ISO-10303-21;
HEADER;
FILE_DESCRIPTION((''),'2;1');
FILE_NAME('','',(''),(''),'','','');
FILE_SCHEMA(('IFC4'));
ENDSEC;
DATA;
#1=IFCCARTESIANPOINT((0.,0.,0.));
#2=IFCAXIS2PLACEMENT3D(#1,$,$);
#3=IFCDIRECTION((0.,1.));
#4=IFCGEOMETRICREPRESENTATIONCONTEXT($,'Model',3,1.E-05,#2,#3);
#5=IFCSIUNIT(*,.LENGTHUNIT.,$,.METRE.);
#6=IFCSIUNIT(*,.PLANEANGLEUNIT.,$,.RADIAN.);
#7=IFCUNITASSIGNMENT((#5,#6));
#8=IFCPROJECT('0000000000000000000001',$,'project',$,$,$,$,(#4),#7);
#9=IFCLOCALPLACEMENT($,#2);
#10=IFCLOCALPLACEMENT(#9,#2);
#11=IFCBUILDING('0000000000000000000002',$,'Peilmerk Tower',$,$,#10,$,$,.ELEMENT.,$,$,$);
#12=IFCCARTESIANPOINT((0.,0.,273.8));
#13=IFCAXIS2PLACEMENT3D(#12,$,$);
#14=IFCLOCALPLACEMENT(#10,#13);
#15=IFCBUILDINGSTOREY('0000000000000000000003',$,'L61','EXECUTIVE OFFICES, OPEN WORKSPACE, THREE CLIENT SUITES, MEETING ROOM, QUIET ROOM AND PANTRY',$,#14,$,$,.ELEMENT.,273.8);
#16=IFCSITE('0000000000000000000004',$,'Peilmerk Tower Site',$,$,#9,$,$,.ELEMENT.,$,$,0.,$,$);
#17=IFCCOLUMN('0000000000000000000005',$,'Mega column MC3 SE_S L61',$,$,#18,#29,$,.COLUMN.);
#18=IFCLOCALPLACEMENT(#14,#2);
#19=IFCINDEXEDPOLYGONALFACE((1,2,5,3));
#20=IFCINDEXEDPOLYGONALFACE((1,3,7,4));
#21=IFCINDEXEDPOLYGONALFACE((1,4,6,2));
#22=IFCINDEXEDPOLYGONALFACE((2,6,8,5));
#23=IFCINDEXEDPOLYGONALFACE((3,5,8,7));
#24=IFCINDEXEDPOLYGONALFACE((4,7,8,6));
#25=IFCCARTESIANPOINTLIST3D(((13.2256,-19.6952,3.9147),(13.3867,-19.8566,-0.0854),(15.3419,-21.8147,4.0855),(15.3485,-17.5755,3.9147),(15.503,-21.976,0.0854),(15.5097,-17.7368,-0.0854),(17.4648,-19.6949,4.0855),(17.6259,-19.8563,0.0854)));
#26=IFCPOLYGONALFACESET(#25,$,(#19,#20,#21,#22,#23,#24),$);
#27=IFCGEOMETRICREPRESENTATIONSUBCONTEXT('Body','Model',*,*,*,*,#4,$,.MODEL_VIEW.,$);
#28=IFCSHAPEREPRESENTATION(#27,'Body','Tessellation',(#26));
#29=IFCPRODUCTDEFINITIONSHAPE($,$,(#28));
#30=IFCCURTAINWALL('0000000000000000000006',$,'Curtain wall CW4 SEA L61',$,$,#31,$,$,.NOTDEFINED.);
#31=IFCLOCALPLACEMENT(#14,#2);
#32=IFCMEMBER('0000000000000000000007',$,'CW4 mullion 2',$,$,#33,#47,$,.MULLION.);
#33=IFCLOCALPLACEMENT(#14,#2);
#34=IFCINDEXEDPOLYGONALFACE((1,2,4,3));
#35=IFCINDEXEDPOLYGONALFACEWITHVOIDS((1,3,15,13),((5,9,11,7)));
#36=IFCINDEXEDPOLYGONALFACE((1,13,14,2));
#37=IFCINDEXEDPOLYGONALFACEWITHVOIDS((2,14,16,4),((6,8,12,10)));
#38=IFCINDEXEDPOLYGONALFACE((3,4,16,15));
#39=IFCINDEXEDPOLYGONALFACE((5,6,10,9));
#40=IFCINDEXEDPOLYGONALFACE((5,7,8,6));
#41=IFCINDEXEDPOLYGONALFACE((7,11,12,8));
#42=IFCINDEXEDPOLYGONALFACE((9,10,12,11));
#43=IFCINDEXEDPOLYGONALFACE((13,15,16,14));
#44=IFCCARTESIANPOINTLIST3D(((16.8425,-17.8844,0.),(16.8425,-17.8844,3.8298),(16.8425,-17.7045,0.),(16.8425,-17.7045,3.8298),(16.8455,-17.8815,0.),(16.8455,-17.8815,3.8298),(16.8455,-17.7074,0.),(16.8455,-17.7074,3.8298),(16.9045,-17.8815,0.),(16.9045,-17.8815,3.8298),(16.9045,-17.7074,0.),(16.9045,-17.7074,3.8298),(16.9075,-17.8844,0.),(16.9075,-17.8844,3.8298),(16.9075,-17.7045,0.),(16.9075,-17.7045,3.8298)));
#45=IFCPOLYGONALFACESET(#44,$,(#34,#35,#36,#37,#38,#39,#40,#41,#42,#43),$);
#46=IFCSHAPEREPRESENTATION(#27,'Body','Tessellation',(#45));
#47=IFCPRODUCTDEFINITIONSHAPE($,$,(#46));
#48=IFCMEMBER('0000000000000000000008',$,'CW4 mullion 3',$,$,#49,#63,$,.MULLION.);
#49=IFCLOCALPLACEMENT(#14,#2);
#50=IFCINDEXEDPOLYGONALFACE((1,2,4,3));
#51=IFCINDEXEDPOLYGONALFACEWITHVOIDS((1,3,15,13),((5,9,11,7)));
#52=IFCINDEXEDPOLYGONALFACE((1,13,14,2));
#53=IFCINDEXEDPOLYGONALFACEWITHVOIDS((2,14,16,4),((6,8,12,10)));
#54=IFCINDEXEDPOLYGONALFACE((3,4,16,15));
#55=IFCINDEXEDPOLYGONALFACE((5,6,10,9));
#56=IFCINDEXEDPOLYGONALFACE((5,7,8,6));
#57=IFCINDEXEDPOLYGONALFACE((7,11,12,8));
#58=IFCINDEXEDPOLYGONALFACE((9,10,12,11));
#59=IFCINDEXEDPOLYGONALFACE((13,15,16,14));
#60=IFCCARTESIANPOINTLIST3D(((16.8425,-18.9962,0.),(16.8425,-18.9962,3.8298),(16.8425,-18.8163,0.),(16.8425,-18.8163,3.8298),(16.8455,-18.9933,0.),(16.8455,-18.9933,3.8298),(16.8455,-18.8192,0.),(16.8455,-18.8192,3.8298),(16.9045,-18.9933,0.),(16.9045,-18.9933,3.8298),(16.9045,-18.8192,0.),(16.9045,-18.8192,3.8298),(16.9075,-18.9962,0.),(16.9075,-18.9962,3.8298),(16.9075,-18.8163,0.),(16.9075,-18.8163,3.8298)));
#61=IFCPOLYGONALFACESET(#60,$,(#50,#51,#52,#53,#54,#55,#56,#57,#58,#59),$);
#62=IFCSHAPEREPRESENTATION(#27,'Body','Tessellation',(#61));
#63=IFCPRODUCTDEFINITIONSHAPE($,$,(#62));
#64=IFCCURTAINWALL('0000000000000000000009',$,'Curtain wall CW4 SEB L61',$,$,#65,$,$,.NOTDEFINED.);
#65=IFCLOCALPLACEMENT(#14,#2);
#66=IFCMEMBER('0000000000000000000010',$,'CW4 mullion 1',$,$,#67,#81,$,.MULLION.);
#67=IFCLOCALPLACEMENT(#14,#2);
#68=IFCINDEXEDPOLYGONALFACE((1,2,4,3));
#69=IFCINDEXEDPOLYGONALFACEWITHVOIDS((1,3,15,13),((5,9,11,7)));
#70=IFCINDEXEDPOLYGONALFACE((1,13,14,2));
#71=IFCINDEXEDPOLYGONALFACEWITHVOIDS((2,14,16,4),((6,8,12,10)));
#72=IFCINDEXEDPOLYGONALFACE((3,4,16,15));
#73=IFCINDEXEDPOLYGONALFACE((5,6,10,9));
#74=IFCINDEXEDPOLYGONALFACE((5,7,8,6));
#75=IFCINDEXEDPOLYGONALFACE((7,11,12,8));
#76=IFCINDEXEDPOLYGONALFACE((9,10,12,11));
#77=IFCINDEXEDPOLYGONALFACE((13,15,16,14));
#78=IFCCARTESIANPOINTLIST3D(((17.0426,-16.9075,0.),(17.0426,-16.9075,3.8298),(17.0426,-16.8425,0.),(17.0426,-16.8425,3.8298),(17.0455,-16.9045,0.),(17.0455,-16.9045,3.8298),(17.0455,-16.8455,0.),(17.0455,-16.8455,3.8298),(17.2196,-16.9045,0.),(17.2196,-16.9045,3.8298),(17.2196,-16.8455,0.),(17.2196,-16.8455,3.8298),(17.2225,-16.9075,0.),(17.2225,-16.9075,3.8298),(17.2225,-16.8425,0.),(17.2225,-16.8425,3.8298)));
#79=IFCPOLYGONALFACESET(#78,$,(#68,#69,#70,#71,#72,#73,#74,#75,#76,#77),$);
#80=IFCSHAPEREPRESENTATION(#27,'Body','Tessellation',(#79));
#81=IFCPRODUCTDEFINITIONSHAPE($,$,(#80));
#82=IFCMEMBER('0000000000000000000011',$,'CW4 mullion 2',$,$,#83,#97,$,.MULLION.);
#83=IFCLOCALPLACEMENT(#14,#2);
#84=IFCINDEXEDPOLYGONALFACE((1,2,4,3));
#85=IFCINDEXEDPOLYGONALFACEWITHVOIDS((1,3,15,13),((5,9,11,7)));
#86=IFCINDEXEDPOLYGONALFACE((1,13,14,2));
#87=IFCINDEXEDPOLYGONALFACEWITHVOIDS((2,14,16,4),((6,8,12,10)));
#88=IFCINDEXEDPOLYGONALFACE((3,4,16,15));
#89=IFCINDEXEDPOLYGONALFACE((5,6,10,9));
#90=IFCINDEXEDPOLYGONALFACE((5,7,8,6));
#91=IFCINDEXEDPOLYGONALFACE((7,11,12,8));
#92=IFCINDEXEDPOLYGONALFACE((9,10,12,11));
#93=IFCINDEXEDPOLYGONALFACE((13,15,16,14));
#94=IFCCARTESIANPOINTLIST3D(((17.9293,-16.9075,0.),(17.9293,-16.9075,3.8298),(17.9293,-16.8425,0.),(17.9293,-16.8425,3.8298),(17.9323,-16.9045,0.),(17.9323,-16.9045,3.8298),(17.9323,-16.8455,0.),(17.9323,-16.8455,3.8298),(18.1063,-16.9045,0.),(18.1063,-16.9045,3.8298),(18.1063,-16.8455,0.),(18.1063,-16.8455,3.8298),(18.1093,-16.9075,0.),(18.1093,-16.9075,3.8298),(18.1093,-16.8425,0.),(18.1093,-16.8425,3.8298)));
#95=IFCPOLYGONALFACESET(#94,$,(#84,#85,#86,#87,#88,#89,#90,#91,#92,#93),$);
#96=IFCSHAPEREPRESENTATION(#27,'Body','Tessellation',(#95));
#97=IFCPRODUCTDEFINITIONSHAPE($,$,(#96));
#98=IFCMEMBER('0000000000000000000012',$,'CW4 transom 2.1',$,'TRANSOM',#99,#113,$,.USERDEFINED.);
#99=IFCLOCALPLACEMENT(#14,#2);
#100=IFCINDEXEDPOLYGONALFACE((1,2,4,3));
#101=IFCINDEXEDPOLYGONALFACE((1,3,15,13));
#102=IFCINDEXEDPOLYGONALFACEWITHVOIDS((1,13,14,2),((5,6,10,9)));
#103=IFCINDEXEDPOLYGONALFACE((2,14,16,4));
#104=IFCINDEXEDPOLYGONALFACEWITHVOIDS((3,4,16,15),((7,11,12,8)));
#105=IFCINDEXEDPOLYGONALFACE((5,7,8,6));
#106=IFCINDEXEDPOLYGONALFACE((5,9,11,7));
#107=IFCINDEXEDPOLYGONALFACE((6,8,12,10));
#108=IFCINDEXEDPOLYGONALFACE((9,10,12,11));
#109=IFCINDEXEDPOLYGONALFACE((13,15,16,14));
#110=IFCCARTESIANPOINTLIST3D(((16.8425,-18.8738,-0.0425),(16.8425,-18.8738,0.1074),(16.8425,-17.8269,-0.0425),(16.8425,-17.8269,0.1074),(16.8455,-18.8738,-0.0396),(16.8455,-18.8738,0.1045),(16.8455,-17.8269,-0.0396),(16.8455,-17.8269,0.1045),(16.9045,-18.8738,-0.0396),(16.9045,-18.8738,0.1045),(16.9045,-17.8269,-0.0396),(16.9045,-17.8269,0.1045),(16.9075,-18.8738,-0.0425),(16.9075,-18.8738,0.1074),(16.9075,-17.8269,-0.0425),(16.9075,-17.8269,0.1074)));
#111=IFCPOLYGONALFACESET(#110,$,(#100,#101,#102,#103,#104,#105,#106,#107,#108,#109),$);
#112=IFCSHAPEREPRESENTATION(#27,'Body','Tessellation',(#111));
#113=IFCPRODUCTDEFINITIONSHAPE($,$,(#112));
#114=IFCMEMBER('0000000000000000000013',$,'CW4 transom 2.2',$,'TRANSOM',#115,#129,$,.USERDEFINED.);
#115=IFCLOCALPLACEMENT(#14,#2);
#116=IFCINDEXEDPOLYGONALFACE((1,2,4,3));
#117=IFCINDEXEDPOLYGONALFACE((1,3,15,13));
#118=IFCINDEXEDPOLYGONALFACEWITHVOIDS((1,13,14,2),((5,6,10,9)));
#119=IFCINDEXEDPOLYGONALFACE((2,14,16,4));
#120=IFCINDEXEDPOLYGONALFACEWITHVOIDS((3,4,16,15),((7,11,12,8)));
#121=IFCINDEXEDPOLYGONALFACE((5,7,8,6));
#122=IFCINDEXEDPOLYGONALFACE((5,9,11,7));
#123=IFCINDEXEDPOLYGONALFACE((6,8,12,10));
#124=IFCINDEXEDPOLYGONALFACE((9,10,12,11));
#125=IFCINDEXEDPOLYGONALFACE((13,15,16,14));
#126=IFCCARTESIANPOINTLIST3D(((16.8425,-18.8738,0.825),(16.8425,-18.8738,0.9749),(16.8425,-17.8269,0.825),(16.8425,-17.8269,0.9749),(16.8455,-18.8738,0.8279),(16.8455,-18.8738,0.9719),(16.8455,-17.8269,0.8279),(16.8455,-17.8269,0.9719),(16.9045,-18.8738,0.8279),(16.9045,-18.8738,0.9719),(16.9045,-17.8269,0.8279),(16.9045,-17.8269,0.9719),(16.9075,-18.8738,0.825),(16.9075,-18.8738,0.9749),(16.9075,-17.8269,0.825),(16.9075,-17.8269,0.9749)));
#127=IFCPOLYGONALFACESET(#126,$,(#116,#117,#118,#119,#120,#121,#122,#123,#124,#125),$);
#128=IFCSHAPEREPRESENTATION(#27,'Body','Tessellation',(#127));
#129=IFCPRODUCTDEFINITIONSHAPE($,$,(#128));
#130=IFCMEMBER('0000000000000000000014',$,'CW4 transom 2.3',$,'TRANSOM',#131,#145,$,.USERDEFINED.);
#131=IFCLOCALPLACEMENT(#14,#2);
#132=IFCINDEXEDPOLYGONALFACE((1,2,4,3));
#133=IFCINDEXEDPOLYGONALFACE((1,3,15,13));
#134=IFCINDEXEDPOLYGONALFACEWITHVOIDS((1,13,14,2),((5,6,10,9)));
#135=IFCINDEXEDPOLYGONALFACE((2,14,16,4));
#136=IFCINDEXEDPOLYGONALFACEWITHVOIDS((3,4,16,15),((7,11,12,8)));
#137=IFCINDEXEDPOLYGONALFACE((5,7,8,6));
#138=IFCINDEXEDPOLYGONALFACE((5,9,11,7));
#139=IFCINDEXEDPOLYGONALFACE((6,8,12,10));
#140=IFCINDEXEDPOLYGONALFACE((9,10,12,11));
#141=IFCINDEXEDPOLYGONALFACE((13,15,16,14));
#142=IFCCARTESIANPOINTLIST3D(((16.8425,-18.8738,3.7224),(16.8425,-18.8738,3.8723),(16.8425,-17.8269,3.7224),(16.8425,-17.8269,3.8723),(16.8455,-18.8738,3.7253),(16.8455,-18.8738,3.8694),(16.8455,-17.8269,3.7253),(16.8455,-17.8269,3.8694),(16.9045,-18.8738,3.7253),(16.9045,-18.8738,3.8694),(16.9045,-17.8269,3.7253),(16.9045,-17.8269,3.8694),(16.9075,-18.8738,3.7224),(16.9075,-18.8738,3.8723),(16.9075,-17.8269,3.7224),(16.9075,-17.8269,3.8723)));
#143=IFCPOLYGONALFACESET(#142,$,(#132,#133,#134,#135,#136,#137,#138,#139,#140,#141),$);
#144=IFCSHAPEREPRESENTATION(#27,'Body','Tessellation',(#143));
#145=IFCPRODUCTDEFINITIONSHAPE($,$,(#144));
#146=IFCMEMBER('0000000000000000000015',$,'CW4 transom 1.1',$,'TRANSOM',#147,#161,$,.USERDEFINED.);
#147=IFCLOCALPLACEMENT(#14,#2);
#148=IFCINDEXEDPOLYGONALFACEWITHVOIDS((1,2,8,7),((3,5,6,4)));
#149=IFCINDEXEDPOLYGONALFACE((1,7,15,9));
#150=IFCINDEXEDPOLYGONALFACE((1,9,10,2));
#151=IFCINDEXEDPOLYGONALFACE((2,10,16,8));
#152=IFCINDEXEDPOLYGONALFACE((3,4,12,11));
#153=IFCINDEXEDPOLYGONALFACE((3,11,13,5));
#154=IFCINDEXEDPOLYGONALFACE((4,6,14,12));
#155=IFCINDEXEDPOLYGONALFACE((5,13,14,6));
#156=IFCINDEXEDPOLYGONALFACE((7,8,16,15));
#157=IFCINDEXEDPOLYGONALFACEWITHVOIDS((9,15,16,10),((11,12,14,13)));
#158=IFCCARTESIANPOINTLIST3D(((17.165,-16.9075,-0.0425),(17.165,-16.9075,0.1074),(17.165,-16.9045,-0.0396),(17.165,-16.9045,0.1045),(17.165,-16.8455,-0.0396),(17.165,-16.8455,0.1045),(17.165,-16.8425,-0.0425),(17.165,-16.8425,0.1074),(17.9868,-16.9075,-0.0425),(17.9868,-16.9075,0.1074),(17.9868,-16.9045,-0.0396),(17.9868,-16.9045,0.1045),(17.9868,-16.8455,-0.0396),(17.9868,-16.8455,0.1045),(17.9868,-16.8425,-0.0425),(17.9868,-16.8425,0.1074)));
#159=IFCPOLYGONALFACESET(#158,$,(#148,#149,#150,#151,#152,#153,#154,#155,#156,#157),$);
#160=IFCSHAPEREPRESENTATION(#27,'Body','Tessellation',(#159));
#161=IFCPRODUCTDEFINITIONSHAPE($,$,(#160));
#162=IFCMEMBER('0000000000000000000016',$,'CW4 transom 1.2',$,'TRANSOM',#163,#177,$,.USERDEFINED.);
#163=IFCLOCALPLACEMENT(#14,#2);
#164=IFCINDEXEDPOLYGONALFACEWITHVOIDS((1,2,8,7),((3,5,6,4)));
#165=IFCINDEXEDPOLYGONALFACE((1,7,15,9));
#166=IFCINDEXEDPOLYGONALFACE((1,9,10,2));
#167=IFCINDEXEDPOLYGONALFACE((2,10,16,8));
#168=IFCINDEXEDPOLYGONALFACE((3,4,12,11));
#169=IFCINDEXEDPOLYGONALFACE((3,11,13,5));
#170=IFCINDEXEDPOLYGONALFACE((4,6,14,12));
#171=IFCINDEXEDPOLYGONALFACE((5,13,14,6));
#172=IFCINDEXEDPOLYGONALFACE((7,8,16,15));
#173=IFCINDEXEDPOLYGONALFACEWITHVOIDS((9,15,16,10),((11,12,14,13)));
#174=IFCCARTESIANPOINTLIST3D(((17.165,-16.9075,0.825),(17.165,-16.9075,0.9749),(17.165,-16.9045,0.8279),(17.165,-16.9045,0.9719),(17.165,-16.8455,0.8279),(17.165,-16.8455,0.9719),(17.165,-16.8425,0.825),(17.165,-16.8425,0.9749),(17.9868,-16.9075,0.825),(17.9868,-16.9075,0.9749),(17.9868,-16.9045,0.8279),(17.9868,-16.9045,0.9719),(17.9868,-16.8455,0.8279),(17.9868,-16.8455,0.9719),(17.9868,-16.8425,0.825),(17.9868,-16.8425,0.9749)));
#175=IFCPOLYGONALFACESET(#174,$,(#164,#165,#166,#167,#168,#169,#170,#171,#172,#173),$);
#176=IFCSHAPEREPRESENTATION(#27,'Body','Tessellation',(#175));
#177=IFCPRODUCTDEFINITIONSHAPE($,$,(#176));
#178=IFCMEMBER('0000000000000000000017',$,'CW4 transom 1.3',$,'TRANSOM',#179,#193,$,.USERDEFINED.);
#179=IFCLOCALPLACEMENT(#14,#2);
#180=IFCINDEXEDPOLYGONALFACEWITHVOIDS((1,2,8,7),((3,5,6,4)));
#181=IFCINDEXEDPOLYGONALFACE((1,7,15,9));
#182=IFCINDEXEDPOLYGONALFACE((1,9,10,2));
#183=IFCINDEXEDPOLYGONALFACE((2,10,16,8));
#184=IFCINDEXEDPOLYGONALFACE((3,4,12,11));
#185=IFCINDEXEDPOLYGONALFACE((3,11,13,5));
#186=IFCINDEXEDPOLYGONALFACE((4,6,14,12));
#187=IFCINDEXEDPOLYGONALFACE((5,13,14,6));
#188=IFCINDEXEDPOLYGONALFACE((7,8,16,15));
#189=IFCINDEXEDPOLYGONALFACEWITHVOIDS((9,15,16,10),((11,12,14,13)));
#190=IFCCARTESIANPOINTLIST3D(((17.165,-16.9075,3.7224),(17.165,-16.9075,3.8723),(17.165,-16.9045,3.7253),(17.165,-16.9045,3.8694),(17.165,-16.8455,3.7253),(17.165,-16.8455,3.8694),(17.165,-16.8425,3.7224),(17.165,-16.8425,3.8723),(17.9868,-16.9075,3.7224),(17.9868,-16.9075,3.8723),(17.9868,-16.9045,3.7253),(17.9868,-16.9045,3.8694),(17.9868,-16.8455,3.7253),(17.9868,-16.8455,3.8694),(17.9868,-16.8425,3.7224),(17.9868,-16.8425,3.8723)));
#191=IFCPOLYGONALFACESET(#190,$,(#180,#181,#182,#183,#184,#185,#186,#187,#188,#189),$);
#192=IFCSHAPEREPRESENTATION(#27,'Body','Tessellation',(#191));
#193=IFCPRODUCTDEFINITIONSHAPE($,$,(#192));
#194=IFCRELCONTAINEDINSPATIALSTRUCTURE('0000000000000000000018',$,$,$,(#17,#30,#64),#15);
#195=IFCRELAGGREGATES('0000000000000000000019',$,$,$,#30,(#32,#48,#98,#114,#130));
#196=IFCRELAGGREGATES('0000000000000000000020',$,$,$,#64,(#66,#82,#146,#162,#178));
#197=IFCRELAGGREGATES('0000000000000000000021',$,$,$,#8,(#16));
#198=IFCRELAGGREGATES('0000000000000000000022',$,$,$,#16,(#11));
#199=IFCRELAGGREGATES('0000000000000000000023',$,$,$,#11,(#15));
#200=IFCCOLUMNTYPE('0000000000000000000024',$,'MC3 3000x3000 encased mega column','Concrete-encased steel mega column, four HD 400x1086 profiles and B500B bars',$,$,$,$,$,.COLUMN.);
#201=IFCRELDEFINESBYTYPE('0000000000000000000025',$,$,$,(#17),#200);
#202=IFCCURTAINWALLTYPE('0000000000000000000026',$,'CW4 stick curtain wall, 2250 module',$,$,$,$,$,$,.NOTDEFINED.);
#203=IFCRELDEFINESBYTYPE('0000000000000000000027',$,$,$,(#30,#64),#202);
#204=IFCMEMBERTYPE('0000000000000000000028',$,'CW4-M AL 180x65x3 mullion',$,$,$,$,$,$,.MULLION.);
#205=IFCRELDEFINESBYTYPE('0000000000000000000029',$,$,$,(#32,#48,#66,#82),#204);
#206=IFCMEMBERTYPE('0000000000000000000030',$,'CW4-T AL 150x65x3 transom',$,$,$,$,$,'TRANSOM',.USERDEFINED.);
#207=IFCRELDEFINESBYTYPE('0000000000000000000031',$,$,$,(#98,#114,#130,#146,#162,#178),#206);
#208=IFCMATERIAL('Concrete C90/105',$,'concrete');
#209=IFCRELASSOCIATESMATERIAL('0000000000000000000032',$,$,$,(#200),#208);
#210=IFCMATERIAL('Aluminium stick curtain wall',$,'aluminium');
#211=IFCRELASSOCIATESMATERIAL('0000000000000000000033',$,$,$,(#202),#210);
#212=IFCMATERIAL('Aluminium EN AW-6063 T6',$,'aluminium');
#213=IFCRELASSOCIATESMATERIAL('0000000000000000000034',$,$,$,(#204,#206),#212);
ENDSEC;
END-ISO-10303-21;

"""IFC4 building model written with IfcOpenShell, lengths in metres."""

from ifc_helpers import new_model, si_unit, direction, frame, origin, origin_2d, place, context, subcontext, project, spatial, rectangle, hollow_rectangle, extrude, material, material_profile, profile_set, type_object, element, aggregate, save


model = new_model("IFC4")

# Units and contexts
model_context = context("Model", 3, precision=1e-05, world=origin(), true_north=direction((0.0, 1.0)))
body_context = subcontext(model_context, "Body", "Model", "MODEL_VIEW")
ifc_project = project(units=[si_unit("LENGTHUNIT", "METRE"), si_unit("PLANEANGLEUNIT", "RADIAN")], contexts=[model_context])

# Site, building, storey
site_placement = place(None, origin())
site = spatial("IfcSite", under=ifc_project, at=site_placement, Name="Peilmerk Tower Site", CompositionType="ELEMENT", RefElevation=0.0)
building_placement = place(site_placement, origin())
building = spatial("IfcBuilding", under=site, at=building_placement, Name="Peilmerk Tower", CompositionType="ELEMENT")
storey_placement = place(building_placement, frame((0.0, 0.0, 273.8)))
storey = spatial("IfcBuildingStorey", under=building, at=storey_placement, Name="L61", Description="EXECUTIVE OFFICES, OPEN WORKSPACE, THREE CLIENT SUITES, MEETING ROOM, QUIET ROOM AND PANTRY", CompositionType="ELEMENT", Elevation=273.8)

# Column
ifc_material_1 = material(Name="Concrete C90/105", Category="concrete")
ifc_material_profile_1 = material_profile(ifc_material_1, rectangle(XDim=3.0, YDim=3.0, at=origin_2d()), Name="RC 3000x3000")
ifc_profile_set_1 = profile_set([ifc_material_profile_1], Name="Concrete C90/105")
column_type = type_object("IfcColumnType", Name="MC3 3000x3000 encased mega column", Description="Concrete-encased steel mega column, four HD 400x1086 profiles and B500B bars", PredefinedType="COLUMN", material=ifc_profile_set_1)
column_placement = place(storey_placement, frame((15.5063, -19.8564, 0.0), z_axis=(-0.040218, 0.040279, 0.998379), x_axis=(-0.707642, -0.706571, 0.0)))
element("IfcColumn", 1, at=column_placement, inside=storey, type_object=column_type, Name="Mega column MC3 SE_S L61", PredefinedType="COLUMN", context=body_context, shape_type="SweptSolid", body=[
    extrude(rectangle(XDim=3.0, YDim=3.0, at=origin_2d()), origin(), (0.0, 0.0, 1.0), 4.0066),
])

# Curtain walls, members
ifc_material_2 = material(Name="Aluminium stick curtain wall", Category="aluminium")
curtain_wall_type = type_object("IfcCurtainWallType", Name="CW4 stick curtain wall, 2250 module", PredefinedType="NOTDEFINED", material=ifc_material_2)
curtain_wall_1_placement = place(storey_placement, origin())
curtain_wall_1 = element("IfcCurtainWall", 2, at=curtain_wall_1_placement, inside=storey, type_object=curtain_wall_type, Name="Curtain wall CW4 SEA L61", PredefinedType="NOTDEFINED")
ifc_material_3 = material(Name="Aluminium EN AW-6063 T6", Category="aluminium")
ifc_material_profile_2 = material_profile(ifc_material_3, hollow_rectangle(XDim=0.0649, YDim=0.1799, WallThickness=0.0029, at=origin_2d()), Name="AL 180x65x3")
ifc_profile_set_2 = profile_set([ifc_material_profile_2], Name="Aluminium EN AW-6063 T6")
member_type_1 = type_object("IfcMemberType", Name="CW4-M AL 180x65x3 mullion", PredefinedType="MULLION", material=ifc_profile_set_2)
member_1_placement = place(storey_placement, frame((16.875, -17.7944, 0.0), z_axis=(0.0, 0.0, 1.0), x_axis=(1.0, 0.0, 0.0)))
member_1 = element("IfcMember", 3, at=member_1_placement, type_object=member_type_1, Name="CW4 mullion 2", PredefinedType="MULLION", context=body_context, shape_type="SweptSolid", body=[
    extrude(hollow_rectangle(XDim=0.0649, YDim=0.1799, WallThickness=0.0029, at=origin_2d()), origin(), (0.0, 0.0, 1.0), 3.8298),
])
member_2_placement = place(storey_placement, frame((16.875, -18.9062, 0.0), z_axis=(0.0, 0.0, 1.0), x_axis=(1.0, 0.0, 0.0)))
member_2 = element("IfcMember", 4, at=member_2_placement, type_object=member_type_1, Name="CW4 mullion 3", PredefinedType="MULLION", context=body_context, shape_type="SweptSolid", body=[
    extrude(hollow_rectangle(XDim=0.0649, YDim=0.1799, WallThickness=0.0029, at=origin_2d()), origin(), (0.0, 0.0, 1.0), 3.8298),
])
curtain_wall_2_placement = place(storey_placement, origin())
curtain_wall_2 = element("IfcCurtainWall", 5, at=curtain_wall_2_placement, inside=storey, type_object=curtain_wall_type, Name="Curtain wall CW4 SEB L61", PredefinedType="NOTDEFINED")
member_3_placement = place(storey_placement, frame((17.1326, -16.875, 0.0), z_axis=(0.0, 0.0, 1.0), x_axis=(0.0, 1.0, 0.0)))
member_3 = element("IfcMember", 6, at=member_3_placement, type_object=member_type_1, Name="CW4 mullion 1", PredefinedType="MULLION", context=body_context, shape_type="SweptSolid", body=[
    extrude(hollow_rectangle(XDim=0.0649, YDim=0.1799, WallThickness=0.0029, at=origin_2d()), origin(), (0.0, 0.0, 1.0), 3.8298),
])
member_4_placement = place(storey_placement, frame((18.0193, -16.875, 0.0), z_axis=(0.0, 0.0, 1.0), x_axis=(0.0, 1.0, 0.0)))
member_4 = element("IfcMember", 7, at=member_4_placement, type_object=member_type_1, Name="CW4 mullion 2", PredefinedType="MULLION", context=body_context, shape_type="SweptSolid", body=[
    extrude(hollow_rectangle(XDim=0.0649, YDim=0.1799, WallThickness=0.0029, at=origin_2d()), origin(), (0.0, 0.0, 1.0), 3.8298),
])

# Members
ifc_material_profile_3 = material_profile(ifc_material_3, hollow_rectangle(XDim=0.0649, YDim=0.1499, WallThickness=0.0029, at=origin_2d()), Name="AL 150x65x3")
ifc_profile_set_3 = profile_set([ifc_material_profile_3], Name="Aluminium EN AW-6063 T6")
member_type_2 = type_object("IfcMemberType", Name="CW4-T AL 150x65x3 transom", ElementType="TRANSOM", PredefinedType="USERDEFINED", material=ifc_profile_set_3)
member_5_placement = place(storey_placement, frame((16.875, -17.8269, 0.0325), z_axis=(0.0, -1.0, 0.0), x_axis=(1.0, 0.0, 0.0)))
member_5 = element("IfcMember", 8, at=member_5_placement, type_object=member_type_2, Name="CW4 transom 2.1", ObjectType="TRANSOM", PredefinedType="USERDEFINED", context=body_context, shape_type="SweptSolid", body=[
    extrude(hollow_rectangle(XDim=0.0649, YDim=0.1499, WallThickness=0.0029, at=origin_2d()), origin(), (0.0, 0.0, 1.0), 1.0469),
])
member_6_placement = place(storey_placement, frame((16.875, -17.8269, 0.8999), z_axis=(0.0, -1.0, 0.0), x_axis=(1.0, 0.0, 0.0)))
member_6 = element("IfcMember", 9, at=member_6_placement, type_object=member_type_2, Name="CW4 transom 2.2", ObjectType="TRANSOM", PredefinedType="USERDEFINED", context=body_context, shape_type="SweptSolid", body=[
    extrude(hollow_rectangle(XDim=0.0649, YDim=0.1499, WallThickness=0.0029, at=origin_2d()), origin(), (0.0, 0.0, 1.0), 1.0469),
])
member_7_placement = place(storey_placement, frame((16.875, -17.8269, 3.7974), z_axis=(0.0, -1.0, 0.0), x_axis=(1.0, 0.0, 0.0)))
member_7 = element("IfcMember", 10, at=member_7_placement, type_object=member_type_2, Name="CW4 transom 2.3", ObjectType="TRANSOM", PredefinedType="USERDEFINED", context=body_context, shape_type="SweptSolid", body=[
    extrude(hollow_rectangle(XDim=0.0649, YDim=0.1499, WallThickness=0.0029, at=origin_2d()), origin(), (0.0, 0.0, 1.0), 1.0469),
])
member_8_placement = place(storey_placement, frame((17.165, -16.875, 0.0325), z_axis=(1.0, 0.0, 0.0), x_axis=(0.0, 1.0, 0.0)))
member_8 = element("IfcMember", 11, at=member_8_placement, type_object=member_type_2, Name="CW4 transom 1.1", ObjectType="TRANSOM", PredefinedType="USERDEFINED", context=body_context, shape_type="SweptSolid", body=[
    extrude(hollow_rectangle(XDim=0.0649, YDim=0.1499, WallThickness=0.0029, at=origin_2d()), origin(), (0.0, 0.0, 1.0), 0.8218),
])
member_9_placement = place(storey_placement, frame((17.165, -16.875, 0.8999), z_axis=(1.0, 0.0, 0.0), x_axis=(0.0, 1.0, 0.0)))
member_9 = element("IfcMember", 12, at=member_9_placement, type_object=member_type_2, Name="CW4 transom 1.2", ObjectType="TRANSOM", PredefinedType="USERDEFINED", context=body_context, shape_type="SweptSolid", body=[
    extrude(hollow_rectangle(XDim=0.0649, YDim=0.1499, WallThickness=0.0029, at=origin_2d()), origin(), (0.0, 0.0, 1.0), 0.8218),
])
member_10_placement = place(storey_placement, frame((17.165, -16.875, 3.7974), z_axis=(1.0, 0.0, 0.0), x_axis=(0.0, 1.0, 0.0)))
member_10 = element("IfcMember", 13, at=member_10_placement, type_object=member_type_2, Name="CW4 transom 1.3", ObjectType="TRANSOM", PredefinedType="USERDEFINED", context=body_context, shape_type="SweptSolid", body=[
    extrude(hollow_rectangle(XDim=0.0649, YDim=0.1499, WallThickness=0.0029, at=origin_2d()), origin(), (0.0, 0.0, 1.0), 0.8218),
])

aggregate(curtain_wall_1, [member_1, member_2, member_5, member_6, member_7])
aggregate(curtain_wall_2, [member_3, member_4, member_8, member_9, member_10])

save(model, "model.ifc")
